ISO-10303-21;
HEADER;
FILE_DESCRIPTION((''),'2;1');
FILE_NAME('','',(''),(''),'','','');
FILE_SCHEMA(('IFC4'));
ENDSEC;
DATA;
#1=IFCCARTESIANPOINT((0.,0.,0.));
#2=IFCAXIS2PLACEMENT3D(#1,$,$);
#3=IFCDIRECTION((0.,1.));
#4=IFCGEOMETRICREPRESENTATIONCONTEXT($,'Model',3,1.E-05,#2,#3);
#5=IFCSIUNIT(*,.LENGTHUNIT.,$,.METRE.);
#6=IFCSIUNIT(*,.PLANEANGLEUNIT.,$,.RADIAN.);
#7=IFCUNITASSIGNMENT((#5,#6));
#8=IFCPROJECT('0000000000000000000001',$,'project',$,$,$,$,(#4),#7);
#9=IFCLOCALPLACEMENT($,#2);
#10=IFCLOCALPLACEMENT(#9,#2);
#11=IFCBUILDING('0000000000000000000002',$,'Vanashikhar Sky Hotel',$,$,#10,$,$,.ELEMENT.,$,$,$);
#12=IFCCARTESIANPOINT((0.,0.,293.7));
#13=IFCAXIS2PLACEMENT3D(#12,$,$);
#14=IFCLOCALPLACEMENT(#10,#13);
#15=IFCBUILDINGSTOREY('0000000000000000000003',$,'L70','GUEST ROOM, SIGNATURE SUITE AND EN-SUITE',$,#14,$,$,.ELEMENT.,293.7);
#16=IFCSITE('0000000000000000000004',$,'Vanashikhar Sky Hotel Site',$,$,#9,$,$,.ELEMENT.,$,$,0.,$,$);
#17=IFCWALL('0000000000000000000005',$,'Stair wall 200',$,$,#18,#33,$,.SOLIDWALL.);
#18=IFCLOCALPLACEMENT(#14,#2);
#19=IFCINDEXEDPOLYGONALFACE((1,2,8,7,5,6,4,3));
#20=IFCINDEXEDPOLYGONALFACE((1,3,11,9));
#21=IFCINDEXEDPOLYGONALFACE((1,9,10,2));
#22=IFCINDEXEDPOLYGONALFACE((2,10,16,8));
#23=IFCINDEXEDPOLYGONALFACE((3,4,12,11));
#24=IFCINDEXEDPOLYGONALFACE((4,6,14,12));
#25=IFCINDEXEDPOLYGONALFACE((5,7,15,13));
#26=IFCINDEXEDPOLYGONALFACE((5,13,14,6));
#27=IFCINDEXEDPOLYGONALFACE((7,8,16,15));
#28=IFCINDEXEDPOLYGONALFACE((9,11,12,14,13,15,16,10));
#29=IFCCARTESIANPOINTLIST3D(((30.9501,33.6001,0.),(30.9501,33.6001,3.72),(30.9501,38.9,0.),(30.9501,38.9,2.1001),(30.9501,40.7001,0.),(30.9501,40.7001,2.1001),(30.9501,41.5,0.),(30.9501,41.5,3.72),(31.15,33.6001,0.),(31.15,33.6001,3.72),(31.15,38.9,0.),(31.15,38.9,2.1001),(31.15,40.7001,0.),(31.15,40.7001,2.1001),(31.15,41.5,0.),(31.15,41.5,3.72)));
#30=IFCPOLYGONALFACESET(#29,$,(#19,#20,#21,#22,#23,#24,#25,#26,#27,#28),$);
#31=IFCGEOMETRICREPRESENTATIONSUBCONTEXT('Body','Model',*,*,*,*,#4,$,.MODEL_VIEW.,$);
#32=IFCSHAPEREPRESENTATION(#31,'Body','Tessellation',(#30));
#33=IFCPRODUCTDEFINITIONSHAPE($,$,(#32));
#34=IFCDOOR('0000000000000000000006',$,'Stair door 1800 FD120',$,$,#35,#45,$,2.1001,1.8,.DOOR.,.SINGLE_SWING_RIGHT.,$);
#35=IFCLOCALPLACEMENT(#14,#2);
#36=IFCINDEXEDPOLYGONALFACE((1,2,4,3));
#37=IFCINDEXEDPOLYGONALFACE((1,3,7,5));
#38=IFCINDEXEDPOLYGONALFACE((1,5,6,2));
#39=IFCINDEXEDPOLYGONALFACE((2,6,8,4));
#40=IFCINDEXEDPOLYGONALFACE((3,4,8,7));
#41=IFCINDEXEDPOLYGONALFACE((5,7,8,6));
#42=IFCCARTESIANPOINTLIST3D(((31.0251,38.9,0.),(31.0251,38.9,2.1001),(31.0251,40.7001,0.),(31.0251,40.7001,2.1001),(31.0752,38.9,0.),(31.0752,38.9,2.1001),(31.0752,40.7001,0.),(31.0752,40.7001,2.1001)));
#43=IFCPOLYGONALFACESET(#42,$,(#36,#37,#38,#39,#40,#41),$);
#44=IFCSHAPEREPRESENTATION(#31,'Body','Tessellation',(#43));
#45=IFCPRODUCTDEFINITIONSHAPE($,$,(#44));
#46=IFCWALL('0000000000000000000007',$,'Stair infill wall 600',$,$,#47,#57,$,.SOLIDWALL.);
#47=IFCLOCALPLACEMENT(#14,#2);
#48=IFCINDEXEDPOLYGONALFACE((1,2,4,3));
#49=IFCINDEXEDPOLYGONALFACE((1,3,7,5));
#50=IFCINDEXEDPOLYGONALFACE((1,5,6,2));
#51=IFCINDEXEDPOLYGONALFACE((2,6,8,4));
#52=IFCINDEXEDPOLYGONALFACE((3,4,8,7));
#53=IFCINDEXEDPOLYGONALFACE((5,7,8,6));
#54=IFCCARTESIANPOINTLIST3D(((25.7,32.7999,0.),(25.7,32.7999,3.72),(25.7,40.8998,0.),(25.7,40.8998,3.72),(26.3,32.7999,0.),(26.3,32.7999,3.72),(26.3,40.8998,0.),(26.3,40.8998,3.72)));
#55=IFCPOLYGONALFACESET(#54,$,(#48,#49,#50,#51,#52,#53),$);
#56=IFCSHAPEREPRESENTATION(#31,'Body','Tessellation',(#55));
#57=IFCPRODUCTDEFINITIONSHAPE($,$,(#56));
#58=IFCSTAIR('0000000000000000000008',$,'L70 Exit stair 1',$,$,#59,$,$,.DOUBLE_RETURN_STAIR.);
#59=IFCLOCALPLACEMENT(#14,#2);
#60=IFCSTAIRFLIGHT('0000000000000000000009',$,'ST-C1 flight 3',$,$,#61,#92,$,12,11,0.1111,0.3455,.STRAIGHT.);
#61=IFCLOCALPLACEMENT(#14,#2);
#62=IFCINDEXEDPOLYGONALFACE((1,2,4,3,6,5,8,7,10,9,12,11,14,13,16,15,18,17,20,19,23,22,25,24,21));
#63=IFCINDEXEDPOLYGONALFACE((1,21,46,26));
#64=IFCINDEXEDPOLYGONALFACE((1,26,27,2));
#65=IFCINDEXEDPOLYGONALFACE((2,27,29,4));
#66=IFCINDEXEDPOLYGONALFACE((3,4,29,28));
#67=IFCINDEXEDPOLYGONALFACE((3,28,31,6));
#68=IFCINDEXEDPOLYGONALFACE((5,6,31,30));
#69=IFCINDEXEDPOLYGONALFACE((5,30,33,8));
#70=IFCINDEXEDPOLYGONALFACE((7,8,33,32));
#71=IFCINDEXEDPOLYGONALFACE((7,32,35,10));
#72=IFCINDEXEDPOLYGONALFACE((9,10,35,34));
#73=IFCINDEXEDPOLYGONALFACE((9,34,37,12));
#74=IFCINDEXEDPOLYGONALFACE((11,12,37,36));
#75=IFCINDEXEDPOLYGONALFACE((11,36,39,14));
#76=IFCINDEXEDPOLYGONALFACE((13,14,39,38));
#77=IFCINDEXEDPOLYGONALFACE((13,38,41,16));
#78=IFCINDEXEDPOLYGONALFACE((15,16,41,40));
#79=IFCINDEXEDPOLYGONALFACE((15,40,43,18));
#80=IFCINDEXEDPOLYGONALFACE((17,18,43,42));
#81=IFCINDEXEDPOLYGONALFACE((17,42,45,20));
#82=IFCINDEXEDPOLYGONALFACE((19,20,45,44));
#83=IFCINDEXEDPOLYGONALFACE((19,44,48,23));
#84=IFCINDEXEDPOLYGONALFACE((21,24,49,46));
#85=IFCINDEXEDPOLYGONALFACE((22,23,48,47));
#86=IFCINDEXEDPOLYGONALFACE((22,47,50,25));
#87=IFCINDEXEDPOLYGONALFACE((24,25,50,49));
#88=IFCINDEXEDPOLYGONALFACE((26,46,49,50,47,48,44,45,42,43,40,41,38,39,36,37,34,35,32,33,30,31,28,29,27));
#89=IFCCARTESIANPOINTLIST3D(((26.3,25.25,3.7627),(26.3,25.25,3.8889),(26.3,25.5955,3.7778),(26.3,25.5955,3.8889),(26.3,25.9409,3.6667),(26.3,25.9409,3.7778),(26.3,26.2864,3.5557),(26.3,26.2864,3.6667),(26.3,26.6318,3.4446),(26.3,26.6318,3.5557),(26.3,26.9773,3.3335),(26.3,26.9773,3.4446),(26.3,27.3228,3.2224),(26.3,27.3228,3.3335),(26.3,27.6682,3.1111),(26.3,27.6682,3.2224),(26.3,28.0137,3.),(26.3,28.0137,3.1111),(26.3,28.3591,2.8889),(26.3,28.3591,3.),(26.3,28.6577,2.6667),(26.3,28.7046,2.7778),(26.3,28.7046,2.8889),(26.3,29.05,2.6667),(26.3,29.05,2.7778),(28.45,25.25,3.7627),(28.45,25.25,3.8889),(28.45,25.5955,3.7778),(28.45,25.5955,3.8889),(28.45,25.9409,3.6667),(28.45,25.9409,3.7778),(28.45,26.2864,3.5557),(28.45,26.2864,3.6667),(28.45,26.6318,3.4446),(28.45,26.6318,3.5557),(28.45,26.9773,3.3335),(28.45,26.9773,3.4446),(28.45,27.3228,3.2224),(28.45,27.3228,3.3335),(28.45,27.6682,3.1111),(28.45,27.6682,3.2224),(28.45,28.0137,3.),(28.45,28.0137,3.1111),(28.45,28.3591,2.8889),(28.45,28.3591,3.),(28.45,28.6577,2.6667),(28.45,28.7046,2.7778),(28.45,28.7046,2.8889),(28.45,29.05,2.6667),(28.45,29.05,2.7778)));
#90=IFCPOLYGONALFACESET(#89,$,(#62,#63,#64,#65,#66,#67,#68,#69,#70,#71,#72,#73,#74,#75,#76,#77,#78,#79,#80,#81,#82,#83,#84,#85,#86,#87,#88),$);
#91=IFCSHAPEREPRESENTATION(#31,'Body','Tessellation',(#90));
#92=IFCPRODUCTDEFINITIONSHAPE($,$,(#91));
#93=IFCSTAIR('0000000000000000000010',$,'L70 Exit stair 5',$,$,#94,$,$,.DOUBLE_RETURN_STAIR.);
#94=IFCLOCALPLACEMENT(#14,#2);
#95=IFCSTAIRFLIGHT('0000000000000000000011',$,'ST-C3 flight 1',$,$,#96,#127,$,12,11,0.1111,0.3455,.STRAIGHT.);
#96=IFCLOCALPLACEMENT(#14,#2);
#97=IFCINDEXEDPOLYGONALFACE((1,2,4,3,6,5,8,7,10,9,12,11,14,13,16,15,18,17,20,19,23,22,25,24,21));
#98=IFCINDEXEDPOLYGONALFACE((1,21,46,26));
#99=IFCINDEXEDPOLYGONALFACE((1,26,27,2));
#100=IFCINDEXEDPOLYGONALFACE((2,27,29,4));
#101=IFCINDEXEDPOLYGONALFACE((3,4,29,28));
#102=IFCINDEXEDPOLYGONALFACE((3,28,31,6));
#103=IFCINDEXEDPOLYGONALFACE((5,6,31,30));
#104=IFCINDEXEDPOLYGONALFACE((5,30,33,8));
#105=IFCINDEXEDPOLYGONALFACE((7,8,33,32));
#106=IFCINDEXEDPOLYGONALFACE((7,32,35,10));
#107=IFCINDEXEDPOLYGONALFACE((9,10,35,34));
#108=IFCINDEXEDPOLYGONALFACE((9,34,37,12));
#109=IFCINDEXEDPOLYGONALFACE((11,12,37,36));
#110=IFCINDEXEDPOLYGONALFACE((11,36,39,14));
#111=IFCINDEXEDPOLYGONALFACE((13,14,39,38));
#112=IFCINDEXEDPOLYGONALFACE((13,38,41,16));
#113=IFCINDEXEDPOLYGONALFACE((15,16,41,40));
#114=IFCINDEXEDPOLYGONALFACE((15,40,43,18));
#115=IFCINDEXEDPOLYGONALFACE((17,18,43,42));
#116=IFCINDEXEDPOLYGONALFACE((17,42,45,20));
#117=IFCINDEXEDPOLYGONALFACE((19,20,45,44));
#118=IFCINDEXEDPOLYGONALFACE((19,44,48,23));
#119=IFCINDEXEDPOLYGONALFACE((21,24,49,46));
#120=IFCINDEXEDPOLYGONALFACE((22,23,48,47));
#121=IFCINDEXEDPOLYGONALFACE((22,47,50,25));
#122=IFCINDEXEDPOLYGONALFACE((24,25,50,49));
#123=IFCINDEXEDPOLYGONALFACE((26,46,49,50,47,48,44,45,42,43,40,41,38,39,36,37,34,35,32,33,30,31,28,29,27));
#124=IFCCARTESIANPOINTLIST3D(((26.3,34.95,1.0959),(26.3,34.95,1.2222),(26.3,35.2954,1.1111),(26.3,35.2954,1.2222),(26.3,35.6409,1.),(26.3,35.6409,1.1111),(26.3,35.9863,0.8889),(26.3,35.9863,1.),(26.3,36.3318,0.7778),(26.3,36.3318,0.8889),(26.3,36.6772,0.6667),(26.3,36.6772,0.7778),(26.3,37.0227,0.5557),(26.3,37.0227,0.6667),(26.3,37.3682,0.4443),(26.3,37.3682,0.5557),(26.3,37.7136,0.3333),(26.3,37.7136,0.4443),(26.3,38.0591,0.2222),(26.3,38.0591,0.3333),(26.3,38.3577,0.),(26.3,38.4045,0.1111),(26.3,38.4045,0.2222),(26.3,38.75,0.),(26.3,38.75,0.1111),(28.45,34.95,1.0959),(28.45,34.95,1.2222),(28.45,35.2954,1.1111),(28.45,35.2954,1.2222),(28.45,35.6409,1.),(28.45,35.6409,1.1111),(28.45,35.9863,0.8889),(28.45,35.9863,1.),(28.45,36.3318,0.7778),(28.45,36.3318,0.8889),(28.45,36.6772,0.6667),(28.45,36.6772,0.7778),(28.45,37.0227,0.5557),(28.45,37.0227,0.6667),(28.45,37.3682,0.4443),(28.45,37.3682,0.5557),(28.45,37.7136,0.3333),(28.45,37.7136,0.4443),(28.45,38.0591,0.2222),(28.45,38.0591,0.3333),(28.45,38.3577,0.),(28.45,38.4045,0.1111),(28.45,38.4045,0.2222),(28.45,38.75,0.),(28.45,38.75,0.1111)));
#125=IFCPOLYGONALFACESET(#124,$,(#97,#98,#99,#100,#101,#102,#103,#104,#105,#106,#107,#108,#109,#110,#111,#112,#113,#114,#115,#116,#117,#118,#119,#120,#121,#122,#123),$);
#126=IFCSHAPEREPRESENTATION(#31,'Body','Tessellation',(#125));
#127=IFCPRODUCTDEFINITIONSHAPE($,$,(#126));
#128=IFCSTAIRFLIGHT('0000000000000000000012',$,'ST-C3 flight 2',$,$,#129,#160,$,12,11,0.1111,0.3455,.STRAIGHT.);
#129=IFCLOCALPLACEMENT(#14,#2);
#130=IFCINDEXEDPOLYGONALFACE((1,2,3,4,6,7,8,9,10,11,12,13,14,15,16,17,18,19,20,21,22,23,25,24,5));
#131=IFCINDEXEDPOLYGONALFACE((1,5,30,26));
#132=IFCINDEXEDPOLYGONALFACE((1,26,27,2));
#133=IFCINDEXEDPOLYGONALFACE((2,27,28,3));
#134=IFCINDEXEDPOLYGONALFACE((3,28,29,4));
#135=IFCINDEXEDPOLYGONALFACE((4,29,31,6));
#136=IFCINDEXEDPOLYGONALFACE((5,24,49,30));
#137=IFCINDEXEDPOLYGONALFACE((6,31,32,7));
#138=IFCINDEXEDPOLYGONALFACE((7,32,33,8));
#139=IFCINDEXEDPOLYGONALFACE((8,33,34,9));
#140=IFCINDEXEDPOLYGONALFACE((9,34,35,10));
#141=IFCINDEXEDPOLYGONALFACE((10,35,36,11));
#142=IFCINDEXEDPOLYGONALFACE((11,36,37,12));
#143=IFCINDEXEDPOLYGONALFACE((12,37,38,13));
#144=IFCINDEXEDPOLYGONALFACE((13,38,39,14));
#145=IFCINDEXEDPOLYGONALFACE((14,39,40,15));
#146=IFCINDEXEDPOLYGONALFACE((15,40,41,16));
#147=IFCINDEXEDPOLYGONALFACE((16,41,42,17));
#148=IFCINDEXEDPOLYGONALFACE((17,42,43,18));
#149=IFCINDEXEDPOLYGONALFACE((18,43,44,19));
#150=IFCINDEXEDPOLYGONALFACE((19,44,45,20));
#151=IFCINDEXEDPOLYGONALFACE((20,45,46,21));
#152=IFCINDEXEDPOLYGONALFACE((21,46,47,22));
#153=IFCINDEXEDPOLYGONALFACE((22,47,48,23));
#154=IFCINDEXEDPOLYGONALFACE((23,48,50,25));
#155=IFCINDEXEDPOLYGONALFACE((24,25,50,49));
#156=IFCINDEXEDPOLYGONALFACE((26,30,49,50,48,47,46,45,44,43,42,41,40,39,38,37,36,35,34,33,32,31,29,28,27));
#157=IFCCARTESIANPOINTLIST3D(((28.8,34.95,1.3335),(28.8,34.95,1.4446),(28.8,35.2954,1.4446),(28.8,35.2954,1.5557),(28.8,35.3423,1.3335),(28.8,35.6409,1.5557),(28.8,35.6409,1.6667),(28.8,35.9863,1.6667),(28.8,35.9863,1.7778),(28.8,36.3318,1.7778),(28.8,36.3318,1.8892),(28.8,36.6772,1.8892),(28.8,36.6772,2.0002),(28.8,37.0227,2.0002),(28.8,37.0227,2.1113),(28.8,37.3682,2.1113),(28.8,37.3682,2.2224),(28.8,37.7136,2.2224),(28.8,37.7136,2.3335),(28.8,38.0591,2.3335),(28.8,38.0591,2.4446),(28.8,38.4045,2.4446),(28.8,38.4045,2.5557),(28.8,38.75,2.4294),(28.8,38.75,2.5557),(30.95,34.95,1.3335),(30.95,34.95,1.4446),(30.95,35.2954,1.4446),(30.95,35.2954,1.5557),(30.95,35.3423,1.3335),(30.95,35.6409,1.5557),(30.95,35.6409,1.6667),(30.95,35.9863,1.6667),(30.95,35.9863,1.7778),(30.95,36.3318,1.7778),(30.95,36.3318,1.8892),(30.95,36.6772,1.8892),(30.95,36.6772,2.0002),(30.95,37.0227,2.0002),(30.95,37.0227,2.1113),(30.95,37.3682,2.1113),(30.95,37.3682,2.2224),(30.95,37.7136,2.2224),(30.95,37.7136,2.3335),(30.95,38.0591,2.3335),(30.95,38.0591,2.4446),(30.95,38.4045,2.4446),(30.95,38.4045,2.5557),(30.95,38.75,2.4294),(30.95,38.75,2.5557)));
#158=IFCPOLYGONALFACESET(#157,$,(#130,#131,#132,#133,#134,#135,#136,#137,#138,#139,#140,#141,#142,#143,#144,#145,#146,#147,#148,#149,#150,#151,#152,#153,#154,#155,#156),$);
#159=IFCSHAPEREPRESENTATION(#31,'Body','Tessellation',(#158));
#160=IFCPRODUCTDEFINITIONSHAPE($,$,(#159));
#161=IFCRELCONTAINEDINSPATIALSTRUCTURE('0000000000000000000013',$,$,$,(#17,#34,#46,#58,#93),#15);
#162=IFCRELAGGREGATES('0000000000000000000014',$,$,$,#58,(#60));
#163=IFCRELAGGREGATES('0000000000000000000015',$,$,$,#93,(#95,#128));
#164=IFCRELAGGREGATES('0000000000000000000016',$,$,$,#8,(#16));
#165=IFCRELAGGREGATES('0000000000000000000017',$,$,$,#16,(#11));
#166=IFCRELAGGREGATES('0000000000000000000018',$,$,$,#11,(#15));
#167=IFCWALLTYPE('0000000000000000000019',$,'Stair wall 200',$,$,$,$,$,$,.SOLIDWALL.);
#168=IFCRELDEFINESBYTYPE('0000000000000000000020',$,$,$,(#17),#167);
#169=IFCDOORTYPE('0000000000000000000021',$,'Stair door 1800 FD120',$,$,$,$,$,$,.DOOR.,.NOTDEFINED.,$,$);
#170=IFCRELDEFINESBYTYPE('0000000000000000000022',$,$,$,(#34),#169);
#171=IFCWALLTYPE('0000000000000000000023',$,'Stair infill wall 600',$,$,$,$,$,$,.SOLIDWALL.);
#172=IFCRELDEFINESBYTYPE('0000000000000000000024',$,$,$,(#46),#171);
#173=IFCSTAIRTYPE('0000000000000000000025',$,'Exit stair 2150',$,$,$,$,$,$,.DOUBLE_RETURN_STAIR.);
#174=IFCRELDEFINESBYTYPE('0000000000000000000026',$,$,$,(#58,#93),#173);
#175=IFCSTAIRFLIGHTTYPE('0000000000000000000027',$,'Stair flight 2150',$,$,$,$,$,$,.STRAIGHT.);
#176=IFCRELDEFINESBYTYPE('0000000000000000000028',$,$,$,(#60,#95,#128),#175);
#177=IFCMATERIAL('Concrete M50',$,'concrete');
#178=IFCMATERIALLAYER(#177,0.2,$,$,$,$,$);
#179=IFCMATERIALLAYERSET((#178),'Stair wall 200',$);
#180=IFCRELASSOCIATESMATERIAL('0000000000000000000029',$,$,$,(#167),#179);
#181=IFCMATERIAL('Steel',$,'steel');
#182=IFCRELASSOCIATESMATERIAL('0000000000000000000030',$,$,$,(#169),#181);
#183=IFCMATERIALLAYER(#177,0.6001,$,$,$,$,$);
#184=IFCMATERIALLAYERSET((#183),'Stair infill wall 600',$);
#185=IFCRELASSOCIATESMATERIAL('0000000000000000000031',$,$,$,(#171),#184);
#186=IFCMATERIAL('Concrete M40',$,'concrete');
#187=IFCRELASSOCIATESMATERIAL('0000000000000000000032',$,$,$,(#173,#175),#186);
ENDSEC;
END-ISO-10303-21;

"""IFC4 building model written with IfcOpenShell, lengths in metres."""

from ifc_helpers import new_model, si_unit, direction, frame, frame_2d, origin, place, context, subcontext, project, spatial, polyline, rectangle, outline, extrude, source, transform, mapped, material, layer, layer_set, type_object, element, fill, aggregate, save


model = new_model("IFC4")

# Units and contexts
model_context = context("Model", 3, precision=1e-05, world=origin(), true_north=direction((0.0, 1.0)))
body_context = subcontext(model_context, "Body", "Model", "MODEL_VIEW")
ifc_project = project(units=[si_unit("LENGTHUNIT", "METRE"), si_unit("PLANEANGLEUNIT", "RADIAN")], contexts=[model_context])

# Site, building, storey
site_placement = place(None, origin())
site = spatial("IfcSite", under=ifc_project, at=site_placement, Name="Vanashikhar Sky Hotel Site", CompositionType="ELEMENT", RefElevation=0.0)
building_placement = place(site_placement, origin())
building = spatial("IfcBuilding", under=site, at=building_placement, Name="Vanashikhar Sky Hotel", CompositionType="ELEMENT")
storey_placement = place(building_placement, frame((0.0, 0.0, 293.7)))
storey = spatial("IfcBuildingStorey", under=building, at=storey_placement, Name="L70", Description="GUEST ROOM, SIGNATURE SUITE AND EN-SUITE", CompositionType="ELEMENT", Elevation=293.7)

# Shared definitions
ifc_material_1 = material(Name="Concrete M50", Category="concrete")
ifc_material_2 = material(Name="Steel", Category="steel")

# Shared definitions
ifc_material_3 = material(Name="Concrete M40", Category="concrete")

# Wall, opening, door
ifc_layer_1 = layer(ifc_material_1, 0.2)
ifc_layer_set_1 = layer_set([ifc_layer_1], Name="Stair wall 200")
wall_type_1 = type_object("IfcWallType", Name="Stair wall 200", PredefinedType="SOLIDWALL", material=ifc_layer_set_1)
shared_shape_1 = source(origin(), body_context, "Body", "SweptSolid", [
    extrude(rectangle(XDim=7.8999, YDim=0.2, at=frame_2d((3.95, 0.0))), origin(), (0.0, 0.0, 1.0), 3.72),
])
wall_1_placement = place(storey_placement, frame((31.05, 33.6001, 0.0), z_axis=(0.0, 0.0, 1.0), x_axis=(0.0, 1.0, 0.0)))
wall_1 = element("IfcWall", 1, at=wall_1_placement, inside=storey, type_object=wall_type_1, Name="Stair wall 200", PredefinedType="SOLIDWALL", context=body_context, shape_type="MappedRepresentation", body=[
    mapped(shared_shape_1, transform((0.0, 0.0, 0.0), scale=1.0)),
])
shared_shape_2 = source(origin(), body_context, "Body", "SweptSolid", [
    extrude(rectangle(XDim=1.8, YDim=2.1001, at=frame_2d((0.8999, 1.05))), frame((0.0, 0.1099, 0.0), z_axis=(0.0, -1.0, 0.0), x_axis=(1.0, 0.0, 0.0)), (0.0, 0.0, 1.0), 0.22),
])
opening_1_placement = place(wall_1_placement, frame((5.3, 0.0, 0.0)))
opening_1 = element("IfcOpeningElement", 2, at=opening_1_placement, cuts=wall_1, PredefinedType="OPENING", context=body_context, shape_type="MappedRepresentation", body=[
    mapped(shared_shape_2, transform((0.0, 0.0, 0.0), scale=1.0)),
])
door_type_1 = type_object("IfcDoorType", Name="Stair door 1800 FD120", OperationType="NOTDEFINED", PredefinedType="DOOR", material=ifc_material_2)
shared_shape_3 = source(origin(), body_context, "Body", "SweptSolid", [
    extrude(rectangle(XDim=1.8, YDim=2.1001, at=frame_2d((0.8999, 1.05))), frame((0.0, 0.0249, 0.0), z_axis=(0.0, -1.0, 0.0), x_axis=(1.0, 0.0, 0.0)), (0.0, 0.0, 1.0), 0.05),
])
door_1_placement = place(opening_1_placement, origin())
door_1 = element("IfcDoor", 3, at=door_1_placement, inside=storey, type_object=door_type_1, Name="Stair door 1800 FD120", OperationType="SINGLE_SWING_RIGHT", OverallHeight=2.1001, OverallWidth=1.8, PredefinedType="DOOR", context=body_context, shape_type="MappedRepresentation", body=[
    mapped(shared_shape_3, transform((0.0, 0.0, 0.0), scale=1.0)),
])
fill(opening_1, door_1)

# Wall
ifc_layer_2 = layer(ifc_material_1, 0.6001)
ifc_layer_set_2 = layer_set([ifc_layer_2], Name="Stair infill wall 600")
wall_type_2 = type_object("IfcWallType", Name="Stair infill wall 600", PredefinedType="SOLIDWALL", material=ifc_layer_set_2)
shared_shape_4 = source(origin(), body_context, "Body", "SweptSolid", [
    extrude(rectangle(XDim=8.0999, YDim=0.6001, at=frame_2d((4.0498, 0.0))), origin(), (0.0, 0.0, 1.0), 3.72),
])
wall_2_placement = place(storey_placement, frame((26.0, 32.8, 0.0), z_axis=(0.0, 0.0, 1.0), x_axis=(0.0, 1.0, 0.0)))
element("IfcWall", 4, at=wall_2_placement, inside=storey, type_object=wall_type_2, Name="Stair infill wall 600", PredefinedType="SOLIDWALL", context=body_context, shape_type="MappedRepresentation", body=[
    mapped(shared_shape_4, transform((0.0, 0.0, 0.0), scale=1.0)),
])

# Stair, stair flight
stair_type = type_object("IfcStairType", Name="Exit stair 2150", PredefinedType="DOUBLE_RETURN_STAIR", material=ifc_material_3)
stair_1_placement = place(storey_placement, origin())
stair_1 = element("IfcStair", 5, at=stair_1_placement, inside=storey, type_object=stair_type, Name="L70 Exit stair 1", PredefinedType="DOUBLE_RETURN_STAIR")
stair_flight_type = type_object("IfcStairFlightType", Name="Stair flight 2150", PredefinedType="STRAIGHT", material=ifc_material_3)
shared_shape_5 = source(origin(), body_context, "Body", "SweptSolid", [
    extrude(outline(polyline([(0.0, 0.0), (0.0, 0.1111), (0.3455, 0.1111), (0.3455, 0.2222), (0.6909, 0.2222), (0.6909, 0.3333), (1.0364, 0.3333), (1.0364, 0.4443), (1.3818, 0.4443), (1.3818, 0.5557), (1.7273, 0.5557), (1.7273, 0.6667), (2.0728, 0.6667), (2.0728, 0.7778), (2.4182, 0.7778), (2.4182, 0.8889), (2.7637, 0.8889), (2.7637, 1.0), (3.1091, 1.0), (3.1091, 1.1111), (3.4546, 1.1111), (3.4546, 1.2222), (3.8, 1.2222), (3.8, 1.3333), (3.8, 1.0959), (0.3923, 0.0), (0.0, 0.0)])), frame((0.0, 1.075, 0.0), z_axis=(0.0, -1.0, 0.0), x_axis=(1.0, 0.0, 0.0)), (0.0, 0.0, 1.0), 2.1499),
])
stair_flight_1_placement = place(storey_placement, frame((27.375, 29.05, 2.6667), z_axis=(0.0, 0.0, 1.0), x_axis=(0.0, -1.0, 0.0)))
stair_flight_1 = element("IfcStairFlight", 6, at=stair_flight_1_placement, type_object=stair_flight_type, Name="ST-C1 flight 3", NumberOfRisers=12, NumberOfTreads=11, PredefinedType="STRAIGHT", RiserHeight=0.1111, TreadLength=0.3455, context=body_context, shape_type="MappedRepresentation", body=[
    mapped(shared_shape_5, transform((0.0, 0.0, 0.0), scale=1.0)),
])
aggregate(stair_1, [stair_flight_1])

# Stair, stair flights
stair_2_placement = place(storey_placement, origin())
stair_2 = element("IfcStair", 7, at=stair_2_placement, inside=storey, type_object=stair_type, Name="L70 Exit stair 5", PredefinedType="DOUBLE_RETURN_STAIR")
stair_flight_2_placement = place(storey_placement, frame((27.375, 38.75, 0.0), z_axis=(0.0, 0.0, 1.0), x_axis=(0.0, -1.0, 0.0)))
stair_flight_2 = element("IfcStairFlight", 8, at=stair_flight_2_placement, type_object=stair_flight_type, Name="ST-C3 flight 1", NumberOfRisers=12, NumberOfTreads=11, PredefinedType="STRAIGHT", RiserHeight=0.1111, TreadLength=0.3455, context=body_context, shape_type="MappedRepresentation", body=[
    mapped(shared_shape_5, transform((0.0, 0.0, 0.0), scale=1.0)),
])
stair_flight_3_placement = place(storey_placement, frame((29.875, 34.95, 1.3335), z_axis=(0.0, 0.0, 1.0), x_axis=(0.0, 1.0, 0.0)))
stair_flight_3 = element("IfcStairFlight", 9, at=stair_flight_3_placement, type_object=stair_flight_type, Name="ST-C3 flight 2", NumberOfRisers=12, NumberOfTreads=11, PredefinedType="STRAIGHT", RiserHeight=0.1111, TreadLength=0.3455, context=body_context, shape_type="MappedRepresentation", body=[
    mapped(shared_shape_5, transform((0.0, 0.0, 0.0), scale=1.0)),
])
aggregate(stair_2, [stair_flight_2, stair_flight_3])

save(model, "model.ifc")
